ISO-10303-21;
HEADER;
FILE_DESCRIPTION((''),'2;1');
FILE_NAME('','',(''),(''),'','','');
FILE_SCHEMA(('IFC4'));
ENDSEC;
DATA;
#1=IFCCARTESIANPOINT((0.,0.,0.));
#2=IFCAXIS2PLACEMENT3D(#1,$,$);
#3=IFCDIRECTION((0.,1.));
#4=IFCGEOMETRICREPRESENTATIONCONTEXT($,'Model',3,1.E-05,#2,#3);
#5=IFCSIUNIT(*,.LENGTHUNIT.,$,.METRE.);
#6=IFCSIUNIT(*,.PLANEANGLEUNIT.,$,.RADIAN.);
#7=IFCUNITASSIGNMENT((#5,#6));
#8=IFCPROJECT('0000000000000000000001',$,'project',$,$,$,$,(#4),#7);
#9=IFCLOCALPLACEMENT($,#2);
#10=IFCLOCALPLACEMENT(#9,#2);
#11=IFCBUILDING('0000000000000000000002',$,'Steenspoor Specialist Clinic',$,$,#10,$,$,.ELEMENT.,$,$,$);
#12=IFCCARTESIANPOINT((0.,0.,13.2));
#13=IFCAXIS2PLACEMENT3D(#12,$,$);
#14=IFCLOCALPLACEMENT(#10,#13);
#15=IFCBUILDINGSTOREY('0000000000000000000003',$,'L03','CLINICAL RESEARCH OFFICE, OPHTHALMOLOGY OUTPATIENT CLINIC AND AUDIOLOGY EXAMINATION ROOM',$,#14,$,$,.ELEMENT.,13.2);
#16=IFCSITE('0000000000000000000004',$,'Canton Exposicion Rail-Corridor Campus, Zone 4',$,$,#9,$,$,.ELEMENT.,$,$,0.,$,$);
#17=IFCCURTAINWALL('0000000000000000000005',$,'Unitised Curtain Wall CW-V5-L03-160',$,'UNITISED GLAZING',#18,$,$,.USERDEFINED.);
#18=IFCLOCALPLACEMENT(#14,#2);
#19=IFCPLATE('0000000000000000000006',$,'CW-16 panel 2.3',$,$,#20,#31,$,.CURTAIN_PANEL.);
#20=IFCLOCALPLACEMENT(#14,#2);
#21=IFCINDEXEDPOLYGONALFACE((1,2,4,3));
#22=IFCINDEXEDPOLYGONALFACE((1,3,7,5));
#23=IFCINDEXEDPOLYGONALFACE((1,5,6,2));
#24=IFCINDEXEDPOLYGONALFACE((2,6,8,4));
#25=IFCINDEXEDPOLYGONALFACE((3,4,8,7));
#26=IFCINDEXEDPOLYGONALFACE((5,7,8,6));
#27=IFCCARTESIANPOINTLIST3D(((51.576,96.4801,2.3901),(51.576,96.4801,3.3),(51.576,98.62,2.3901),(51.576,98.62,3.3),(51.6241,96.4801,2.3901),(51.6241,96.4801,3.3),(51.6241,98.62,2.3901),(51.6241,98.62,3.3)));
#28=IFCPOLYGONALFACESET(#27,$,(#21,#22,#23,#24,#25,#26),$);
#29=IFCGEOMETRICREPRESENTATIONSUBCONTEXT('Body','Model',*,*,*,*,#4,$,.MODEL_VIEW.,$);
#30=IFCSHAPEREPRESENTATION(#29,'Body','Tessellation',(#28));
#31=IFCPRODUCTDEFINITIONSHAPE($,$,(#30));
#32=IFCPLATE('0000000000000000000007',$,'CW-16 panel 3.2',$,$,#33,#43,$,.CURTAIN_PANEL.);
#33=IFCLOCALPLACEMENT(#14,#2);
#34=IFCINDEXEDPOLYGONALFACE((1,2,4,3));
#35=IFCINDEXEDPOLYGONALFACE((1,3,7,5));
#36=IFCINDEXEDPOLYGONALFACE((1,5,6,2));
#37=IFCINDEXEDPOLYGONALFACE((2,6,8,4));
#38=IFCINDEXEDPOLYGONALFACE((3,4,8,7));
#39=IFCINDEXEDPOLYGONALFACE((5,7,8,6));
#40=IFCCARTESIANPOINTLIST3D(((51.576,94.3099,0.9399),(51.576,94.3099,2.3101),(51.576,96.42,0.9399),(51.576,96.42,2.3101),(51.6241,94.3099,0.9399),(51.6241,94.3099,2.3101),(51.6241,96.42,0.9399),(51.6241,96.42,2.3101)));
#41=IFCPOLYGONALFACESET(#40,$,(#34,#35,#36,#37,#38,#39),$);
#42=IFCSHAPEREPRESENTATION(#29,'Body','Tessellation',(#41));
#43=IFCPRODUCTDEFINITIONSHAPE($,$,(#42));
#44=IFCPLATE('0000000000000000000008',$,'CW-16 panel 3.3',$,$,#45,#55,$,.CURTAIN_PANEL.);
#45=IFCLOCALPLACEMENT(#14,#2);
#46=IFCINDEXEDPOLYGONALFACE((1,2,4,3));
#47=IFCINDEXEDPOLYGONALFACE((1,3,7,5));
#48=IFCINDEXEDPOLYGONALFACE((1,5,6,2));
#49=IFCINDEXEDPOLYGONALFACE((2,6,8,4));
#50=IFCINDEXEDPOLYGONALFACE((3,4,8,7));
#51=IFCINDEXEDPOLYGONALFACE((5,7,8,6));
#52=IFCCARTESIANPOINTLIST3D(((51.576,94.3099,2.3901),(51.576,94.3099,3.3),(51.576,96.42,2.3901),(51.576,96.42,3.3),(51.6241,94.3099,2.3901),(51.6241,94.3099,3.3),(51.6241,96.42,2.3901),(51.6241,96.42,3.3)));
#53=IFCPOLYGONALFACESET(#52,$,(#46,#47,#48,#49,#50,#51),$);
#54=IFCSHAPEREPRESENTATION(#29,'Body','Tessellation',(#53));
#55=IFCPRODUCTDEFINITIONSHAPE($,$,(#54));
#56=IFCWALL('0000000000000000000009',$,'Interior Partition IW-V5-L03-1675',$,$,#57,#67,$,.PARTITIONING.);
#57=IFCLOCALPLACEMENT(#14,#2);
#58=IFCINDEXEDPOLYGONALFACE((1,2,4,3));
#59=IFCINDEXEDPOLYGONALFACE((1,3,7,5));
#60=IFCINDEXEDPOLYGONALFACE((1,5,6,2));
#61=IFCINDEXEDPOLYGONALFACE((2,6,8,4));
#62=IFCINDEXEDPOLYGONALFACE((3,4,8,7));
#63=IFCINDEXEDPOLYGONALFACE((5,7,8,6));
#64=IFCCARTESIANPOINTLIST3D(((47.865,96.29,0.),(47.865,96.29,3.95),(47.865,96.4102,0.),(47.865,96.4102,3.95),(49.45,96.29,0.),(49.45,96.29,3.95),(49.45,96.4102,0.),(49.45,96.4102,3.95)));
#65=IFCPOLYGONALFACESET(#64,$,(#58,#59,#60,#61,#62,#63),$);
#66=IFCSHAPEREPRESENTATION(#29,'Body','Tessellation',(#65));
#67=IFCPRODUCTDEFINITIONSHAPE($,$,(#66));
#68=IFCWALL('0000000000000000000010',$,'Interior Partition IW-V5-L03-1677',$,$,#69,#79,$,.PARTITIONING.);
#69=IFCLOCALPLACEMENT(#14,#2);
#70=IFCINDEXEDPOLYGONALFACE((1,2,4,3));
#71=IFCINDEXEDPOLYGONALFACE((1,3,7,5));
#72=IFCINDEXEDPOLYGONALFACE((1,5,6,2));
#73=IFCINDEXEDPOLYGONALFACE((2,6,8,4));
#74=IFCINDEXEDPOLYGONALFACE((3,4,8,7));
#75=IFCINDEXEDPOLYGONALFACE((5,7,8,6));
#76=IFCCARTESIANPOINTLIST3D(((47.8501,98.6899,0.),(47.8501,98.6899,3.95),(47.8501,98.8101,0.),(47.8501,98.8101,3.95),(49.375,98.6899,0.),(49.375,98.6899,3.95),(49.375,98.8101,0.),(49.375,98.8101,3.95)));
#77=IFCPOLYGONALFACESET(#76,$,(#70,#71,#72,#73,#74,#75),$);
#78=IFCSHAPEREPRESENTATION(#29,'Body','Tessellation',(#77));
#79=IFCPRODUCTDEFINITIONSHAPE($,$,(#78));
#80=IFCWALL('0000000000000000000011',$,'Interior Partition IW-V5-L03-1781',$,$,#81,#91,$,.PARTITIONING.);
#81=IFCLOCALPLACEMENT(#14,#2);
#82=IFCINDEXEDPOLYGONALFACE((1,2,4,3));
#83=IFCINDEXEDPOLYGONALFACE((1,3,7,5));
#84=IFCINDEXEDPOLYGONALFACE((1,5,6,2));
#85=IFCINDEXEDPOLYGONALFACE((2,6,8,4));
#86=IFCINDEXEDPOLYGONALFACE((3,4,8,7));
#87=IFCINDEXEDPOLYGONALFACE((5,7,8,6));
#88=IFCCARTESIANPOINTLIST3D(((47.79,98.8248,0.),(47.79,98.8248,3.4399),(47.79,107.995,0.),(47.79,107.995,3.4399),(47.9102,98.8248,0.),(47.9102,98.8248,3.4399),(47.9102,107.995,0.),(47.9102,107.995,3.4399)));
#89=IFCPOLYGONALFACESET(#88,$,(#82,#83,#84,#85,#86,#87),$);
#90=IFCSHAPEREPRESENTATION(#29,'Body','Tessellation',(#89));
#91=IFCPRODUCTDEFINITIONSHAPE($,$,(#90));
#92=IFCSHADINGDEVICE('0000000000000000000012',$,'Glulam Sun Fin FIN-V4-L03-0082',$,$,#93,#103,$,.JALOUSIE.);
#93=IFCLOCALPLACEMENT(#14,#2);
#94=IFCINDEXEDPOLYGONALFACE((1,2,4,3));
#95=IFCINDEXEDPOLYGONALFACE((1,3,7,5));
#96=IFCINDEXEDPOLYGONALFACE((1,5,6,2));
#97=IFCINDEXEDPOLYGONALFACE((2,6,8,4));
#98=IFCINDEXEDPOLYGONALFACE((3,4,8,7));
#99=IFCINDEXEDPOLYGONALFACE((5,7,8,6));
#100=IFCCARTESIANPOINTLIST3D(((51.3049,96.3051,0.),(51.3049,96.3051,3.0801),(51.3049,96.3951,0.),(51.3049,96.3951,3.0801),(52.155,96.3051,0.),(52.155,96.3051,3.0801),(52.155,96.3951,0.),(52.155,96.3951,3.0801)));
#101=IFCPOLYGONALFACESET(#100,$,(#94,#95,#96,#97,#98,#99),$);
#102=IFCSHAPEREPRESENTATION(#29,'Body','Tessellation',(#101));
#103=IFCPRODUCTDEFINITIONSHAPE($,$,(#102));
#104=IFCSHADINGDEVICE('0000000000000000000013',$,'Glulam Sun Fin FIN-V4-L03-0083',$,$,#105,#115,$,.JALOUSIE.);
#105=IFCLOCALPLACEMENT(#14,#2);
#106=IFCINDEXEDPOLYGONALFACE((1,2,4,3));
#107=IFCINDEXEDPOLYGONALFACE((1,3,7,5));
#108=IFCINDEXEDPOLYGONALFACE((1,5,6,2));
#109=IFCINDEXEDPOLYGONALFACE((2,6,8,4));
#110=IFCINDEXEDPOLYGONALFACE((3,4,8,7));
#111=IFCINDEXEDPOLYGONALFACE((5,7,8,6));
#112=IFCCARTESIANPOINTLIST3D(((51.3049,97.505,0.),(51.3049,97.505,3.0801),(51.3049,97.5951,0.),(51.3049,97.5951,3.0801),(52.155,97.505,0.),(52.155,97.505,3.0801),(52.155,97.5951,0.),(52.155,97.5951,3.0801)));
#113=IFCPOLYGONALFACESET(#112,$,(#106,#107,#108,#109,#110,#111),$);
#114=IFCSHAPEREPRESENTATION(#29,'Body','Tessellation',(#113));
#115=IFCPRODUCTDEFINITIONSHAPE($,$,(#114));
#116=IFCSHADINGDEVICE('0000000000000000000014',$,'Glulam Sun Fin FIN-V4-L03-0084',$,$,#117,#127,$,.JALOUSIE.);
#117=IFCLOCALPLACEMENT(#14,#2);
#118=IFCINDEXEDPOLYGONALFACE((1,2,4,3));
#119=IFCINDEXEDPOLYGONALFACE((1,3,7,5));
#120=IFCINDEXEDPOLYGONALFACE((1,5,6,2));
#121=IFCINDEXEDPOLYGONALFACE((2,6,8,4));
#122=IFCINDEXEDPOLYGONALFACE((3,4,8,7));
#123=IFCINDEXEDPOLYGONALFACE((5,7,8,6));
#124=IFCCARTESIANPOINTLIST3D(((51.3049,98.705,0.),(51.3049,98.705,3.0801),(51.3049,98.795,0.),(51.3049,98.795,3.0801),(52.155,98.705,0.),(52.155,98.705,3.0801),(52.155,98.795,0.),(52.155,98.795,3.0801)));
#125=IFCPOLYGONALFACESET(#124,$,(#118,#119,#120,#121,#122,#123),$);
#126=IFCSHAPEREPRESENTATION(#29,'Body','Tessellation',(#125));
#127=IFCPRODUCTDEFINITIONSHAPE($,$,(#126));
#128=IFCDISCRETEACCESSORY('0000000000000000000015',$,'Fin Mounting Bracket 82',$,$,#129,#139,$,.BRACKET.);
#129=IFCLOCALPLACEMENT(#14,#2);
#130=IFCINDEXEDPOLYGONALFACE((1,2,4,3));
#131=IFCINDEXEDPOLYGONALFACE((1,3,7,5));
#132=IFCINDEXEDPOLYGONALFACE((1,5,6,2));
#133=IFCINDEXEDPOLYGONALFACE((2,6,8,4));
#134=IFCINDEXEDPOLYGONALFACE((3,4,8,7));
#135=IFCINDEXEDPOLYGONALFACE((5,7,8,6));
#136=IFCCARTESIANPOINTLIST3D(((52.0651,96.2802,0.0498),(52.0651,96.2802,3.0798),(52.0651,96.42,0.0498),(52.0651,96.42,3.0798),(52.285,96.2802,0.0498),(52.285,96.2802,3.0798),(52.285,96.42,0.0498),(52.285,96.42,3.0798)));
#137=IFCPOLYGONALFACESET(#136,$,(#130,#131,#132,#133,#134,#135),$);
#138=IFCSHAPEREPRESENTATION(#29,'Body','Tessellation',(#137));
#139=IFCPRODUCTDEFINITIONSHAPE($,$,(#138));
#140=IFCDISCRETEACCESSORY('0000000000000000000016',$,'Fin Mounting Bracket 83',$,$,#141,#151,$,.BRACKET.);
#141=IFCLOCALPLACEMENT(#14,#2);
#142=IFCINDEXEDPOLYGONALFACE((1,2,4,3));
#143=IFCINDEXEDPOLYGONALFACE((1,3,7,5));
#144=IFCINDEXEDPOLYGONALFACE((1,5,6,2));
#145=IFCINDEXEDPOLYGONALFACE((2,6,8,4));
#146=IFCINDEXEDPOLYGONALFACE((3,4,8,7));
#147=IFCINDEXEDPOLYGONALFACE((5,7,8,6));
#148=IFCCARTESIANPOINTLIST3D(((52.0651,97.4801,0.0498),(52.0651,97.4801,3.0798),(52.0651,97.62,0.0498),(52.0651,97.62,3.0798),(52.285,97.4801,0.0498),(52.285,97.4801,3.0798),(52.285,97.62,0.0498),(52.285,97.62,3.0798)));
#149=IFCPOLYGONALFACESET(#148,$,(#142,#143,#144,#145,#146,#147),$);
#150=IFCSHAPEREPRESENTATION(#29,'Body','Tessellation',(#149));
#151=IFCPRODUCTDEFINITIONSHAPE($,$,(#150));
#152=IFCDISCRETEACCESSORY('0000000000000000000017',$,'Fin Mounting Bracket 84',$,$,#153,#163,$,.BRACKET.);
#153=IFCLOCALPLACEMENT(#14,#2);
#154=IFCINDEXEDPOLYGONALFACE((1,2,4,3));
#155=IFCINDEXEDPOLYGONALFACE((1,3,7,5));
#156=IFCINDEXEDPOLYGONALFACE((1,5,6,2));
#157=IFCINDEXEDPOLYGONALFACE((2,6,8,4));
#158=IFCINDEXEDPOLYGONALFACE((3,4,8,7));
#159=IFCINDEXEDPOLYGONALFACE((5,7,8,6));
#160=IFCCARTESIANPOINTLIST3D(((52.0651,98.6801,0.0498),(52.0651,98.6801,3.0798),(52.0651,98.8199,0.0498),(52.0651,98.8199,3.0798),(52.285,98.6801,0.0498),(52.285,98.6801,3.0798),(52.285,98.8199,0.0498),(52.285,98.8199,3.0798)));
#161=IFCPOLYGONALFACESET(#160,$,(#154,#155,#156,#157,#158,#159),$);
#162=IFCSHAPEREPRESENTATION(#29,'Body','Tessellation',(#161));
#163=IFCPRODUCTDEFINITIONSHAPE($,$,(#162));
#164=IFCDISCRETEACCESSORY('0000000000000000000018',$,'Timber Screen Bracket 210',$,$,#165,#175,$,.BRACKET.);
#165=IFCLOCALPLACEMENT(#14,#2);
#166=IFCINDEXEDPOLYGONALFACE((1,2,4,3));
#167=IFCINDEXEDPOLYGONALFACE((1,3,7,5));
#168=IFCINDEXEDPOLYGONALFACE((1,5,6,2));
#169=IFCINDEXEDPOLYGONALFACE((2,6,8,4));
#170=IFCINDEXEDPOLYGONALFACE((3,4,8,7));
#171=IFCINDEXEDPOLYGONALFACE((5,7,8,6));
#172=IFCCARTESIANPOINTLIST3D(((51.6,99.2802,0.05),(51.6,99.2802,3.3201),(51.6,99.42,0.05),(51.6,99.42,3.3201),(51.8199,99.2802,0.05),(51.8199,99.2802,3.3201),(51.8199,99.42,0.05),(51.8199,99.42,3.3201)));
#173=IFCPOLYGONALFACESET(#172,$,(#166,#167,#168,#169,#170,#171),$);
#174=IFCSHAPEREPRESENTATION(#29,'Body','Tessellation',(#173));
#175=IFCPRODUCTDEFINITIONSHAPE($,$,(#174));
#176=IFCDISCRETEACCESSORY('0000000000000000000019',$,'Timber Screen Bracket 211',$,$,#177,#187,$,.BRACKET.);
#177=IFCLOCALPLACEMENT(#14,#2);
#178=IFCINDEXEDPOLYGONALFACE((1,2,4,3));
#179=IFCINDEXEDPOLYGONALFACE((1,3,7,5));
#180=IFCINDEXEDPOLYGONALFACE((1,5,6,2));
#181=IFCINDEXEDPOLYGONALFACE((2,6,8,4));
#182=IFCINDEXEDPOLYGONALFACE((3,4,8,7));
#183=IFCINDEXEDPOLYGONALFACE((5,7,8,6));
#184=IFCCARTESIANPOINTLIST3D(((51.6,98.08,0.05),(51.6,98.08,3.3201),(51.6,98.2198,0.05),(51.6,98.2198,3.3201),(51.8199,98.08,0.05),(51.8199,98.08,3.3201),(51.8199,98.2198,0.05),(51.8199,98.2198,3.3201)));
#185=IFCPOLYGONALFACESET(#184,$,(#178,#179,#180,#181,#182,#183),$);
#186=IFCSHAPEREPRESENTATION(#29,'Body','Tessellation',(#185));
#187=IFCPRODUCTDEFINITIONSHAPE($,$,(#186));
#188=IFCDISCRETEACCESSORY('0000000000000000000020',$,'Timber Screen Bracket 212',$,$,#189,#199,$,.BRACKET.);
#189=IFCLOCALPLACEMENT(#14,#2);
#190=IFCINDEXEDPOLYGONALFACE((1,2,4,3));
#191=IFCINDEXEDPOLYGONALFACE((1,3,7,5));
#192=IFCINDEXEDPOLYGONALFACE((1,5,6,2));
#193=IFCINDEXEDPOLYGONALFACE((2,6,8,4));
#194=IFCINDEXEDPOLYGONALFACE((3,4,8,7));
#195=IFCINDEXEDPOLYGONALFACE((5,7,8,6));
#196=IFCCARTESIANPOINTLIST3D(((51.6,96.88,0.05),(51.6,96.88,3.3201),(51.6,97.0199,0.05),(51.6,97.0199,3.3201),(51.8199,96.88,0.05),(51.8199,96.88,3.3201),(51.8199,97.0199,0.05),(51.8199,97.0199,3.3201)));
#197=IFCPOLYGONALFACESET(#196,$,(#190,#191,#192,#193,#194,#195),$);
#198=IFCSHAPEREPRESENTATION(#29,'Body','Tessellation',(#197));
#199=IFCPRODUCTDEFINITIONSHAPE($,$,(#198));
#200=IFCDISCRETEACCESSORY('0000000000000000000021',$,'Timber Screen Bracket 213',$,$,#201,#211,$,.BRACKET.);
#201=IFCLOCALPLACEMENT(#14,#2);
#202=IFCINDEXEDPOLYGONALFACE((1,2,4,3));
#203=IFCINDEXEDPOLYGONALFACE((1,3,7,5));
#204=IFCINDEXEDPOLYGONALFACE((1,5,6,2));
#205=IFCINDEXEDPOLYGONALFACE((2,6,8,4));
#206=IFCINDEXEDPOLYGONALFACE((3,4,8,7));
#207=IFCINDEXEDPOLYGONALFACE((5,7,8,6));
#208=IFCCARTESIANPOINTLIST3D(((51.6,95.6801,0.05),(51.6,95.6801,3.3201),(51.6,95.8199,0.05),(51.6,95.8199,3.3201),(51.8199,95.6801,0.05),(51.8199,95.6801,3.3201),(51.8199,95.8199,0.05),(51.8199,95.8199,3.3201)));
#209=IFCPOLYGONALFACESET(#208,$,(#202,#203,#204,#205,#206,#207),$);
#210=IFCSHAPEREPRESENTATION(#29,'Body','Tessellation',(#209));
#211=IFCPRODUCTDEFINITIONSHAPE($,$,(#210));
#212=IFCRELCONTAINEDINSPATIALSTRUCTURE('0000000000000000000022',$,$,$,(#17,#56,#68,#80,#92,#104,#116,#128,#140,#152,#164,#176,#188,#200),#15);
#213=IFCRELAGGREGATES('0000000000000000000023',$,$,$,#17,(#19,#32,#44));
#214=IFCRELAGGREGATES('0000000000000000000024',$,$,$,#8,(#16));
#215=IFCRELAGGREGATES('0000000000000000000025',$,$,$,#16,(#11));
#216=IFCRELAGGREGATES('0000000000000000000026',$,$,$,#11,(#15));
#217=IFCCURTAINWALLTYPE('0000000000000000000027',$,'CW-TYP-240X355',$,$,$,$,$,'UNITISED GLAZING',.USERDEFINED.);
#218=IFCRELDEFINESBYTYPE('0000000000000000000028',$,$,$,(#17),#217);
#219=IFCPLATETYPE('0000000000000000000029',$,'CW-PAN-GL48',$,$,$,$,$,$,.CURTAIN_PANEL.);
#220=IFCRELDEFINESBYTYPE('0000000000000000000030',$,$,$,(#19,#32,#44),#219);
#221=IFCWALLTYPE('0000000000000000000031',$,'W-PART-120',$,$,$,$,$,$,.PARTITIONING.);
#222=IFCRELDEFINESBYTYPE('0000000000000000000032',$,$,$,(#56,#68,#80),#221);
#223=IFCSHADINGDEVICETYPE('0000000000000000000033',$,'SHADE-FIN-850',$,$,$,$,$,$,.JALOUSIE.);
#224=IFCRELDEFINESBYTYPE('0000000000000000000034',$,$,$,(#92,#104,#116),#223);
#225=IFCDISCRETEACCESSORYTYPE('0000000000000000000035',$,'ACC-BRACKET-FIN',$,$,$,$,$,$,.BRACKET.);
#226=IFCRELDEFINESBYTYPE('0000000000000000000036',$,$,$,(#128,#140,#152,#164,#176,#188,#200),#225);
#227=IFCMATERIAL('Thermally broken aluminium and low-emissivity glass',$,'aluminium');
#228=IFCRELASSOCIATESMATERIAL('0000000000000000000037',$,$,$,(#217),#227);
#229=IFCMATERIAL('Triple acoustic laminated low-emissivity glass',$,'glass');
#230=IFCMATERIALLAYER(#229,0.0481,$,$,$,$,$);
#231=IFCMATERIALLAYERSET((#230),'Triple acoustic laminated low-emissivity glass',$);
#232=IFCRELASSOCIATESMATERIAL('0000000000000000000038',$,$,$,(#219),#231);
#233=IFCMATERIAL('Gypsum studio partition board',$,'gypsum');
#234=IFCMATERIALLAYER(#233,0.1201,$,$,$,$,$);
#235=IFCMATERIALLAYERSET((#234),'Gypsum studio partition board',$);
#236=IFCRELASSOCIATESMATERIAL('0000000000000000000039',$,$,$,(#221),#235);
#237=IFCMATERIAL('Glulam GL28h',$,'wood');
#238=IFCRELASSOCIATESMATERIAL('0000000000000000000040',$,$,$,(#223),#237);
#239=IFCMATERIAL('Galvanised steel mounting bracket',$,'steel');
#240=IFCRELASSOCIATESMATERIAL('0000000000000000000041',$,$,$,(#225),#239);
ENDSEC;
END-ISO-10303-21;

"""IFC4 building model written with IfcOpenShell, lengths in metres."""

from ifc_helpers import new_model, si_unit, direction, frame, frame_2d, origin, origin_2d, place, context, subcontext, project, spatial, rectangle, extrude, material, layer, layer_set, material_profile, profile_set, type_object, element, aggregate, save


model = new_model("IFC4")

# Units and contexts
model_context = context("Model", 3, precision=1e-05, world=origin(), true_north=direction((0.0, 1.0)))
body_context = subcontext(model_context, "Body", "Model", "MODEL_VIEW")
ifc_project = project(units=[si_unit("LENGTHUNIT", "METRE"), si_unit("PLANEANGLEUNIT", "RADIAN")], contexts=[model_context])

# Site, building, storey
site_placement = place(None, origin())
site = spatial("IfcSite", under=ifc_project, at=site_placement, Name="Canton Exposicion Rail-Corridor Campus, Zone 4", CompositionType="ELEMENT", RefElevation=0.0)
building_placement = place(site_placement, origin())
building = spatial("IfcBuilding", under=site, at=building_placement, Name="Steenspoor Specialist Clinic", CompositionType="ELEMENT")
storey_placement = place(building_placement, frame((0.0, 0.0, 13.2)))
storey = spatial("IfcBuildingStorey", under=building, at=storey_placement, Name="L03", Description="CLINICAL RESEARCH OFFICE, OPHTHALMOLOGY OUTPATIENT CLINIC AND AUDIOLOGY EXAMINATION ROOM", CompositionType="ELEMENT", Elevation=13.2)

# Curtain wall
ifc_material_1 = material(Name="Thermally broken aluminium and low-emissivity glass", Category="aluminium")
curtain_wall_type = type_object("IfcCurtainWallType", Name="CW-TYP-240X355", ElementType="UNITISED GLAZING", PredefinedType="USERDEFINED", material=ifc_material_1)
curtain_wall_placement = place(storey_placement, origin())
curtain_wall = element("IfcCurtainWall", 1, at=curtain_wall_placement, inside=storey, type_object=curtain_wall_type, Name="Unitised Curtain Wall CW-V5-L03-160", ObjectType="UNITISED GLAZING", PredefinedType="USERDEFINED")

# Shared definitions
ifc_material_2 = material(Name="Glulam GL28h", Category="wood")

# Plates
ifc_material_3 = material(Name="Triple acoustic laminated low-emissivity glass", Category="glass")
ifc_layer_1 = layer(ifc_material_3, 0.0481)
ifc_layer_set_1 = layer_set([ifc_layer_1], Name="Triple acoustic laminated low-emissivity glass")
plate_type = type_object("IfcPlateType", Name="CW-PAN-GL48", PredefinedType="CURTAIN_PANEL", material=ifc_layer_set_1)
plate_1_placement = place(storey_placement, frame((51.6001, 97.55, 2.3901), z_axis=(0.0, 0.0, 1.0), x_axis=(0.0, -1.0, 0.0)))
plate_1 = element("IfcPlate", 2, at=plate_1_placement, type_object=plate_type, Name="CW-16 panel 2.3", PredefinedType="CURTAIN_PANEL", context=body_context, shape_type="SweptSolid", body=[
    extrude(rectangle(XDim=2.1399, YDim=0.0481, at=origin_2d()), origin(), (0.0, 0.0, 1.0), 0.9099),
])
plate_2_placement = place(storey_placement, frame((51.6001, 95.365, 0.9399), z_axis=(0.0, 0.0, 1.0), x_axis=(0.0, -1.0, 0.0)))
plate_2 = element("IfcPlate", 3, at=plate_2_placement, type_object=plate_type, Name="CW-16 panel 3.2", PredefinedType="CURTAIN_PANEL", context=body_context, shape_type="SweptSolid", body=[
    extrude(rectangle(XDim=2.1101, YDim=0.0481, at=origin_2d()), origin(), (0.0, 0.0, 1.0), 1.3701),
])
plate_3_placement = place(storey_placement, frame((51.6001, 95.365, 2.3901), z_axis=(0.0, 0.0, 1.0), x_axis=(0.0, -1.0, 0.0)))
plate_3 = element("IfcPlate", 4, at=plate_3_placement, type_object=plate_type, Name="CW-16 panel 3.3", PredefinedType="CURTAIN_PANEL", context=body_context, shape_type="SweptSolid", body=[
    extrude(rectangle(XDim=2.1101, YDim=0.0481, at=origin_2d()), origin(), (0.0, 0.0, 1.0), 0.9099),
])
aggregate(curtain_wall, [plate_1, plate_2, plate_3])

# Wall
ifc_material_4 = material(Name="Gypsum studio partition board", Category="gypsum")
ifc_layer_2 = layer(ifc_material_4, 0.1201)
ifc_layer_set_2 = layer_set([ifc_layer_2], Name="Gypsum studio partition board")
wall_type = type_object("IfcWallType", Name="W-PART-120", PredefinedType="PARTITIONING", material=ifc_layer_set_2)
wall_1_placement = place(storey_placement, frame((47.865, 96.3501, 0.0), z_axis=(0.0, 0.0, 1.0), x_axis=(1.0, 0.0, 0.0)))
element("IfcWall", 5, at=wall_1_placement, inside=storey, type_object=wall_type, Name="Interior Partition IW-V5-L03-1675", PredefinedType="PARTITIONING", context=body_context, shape_type="SweptSolid", body=[
    extrude(rectangle(XDim=1.585, YDim=0.1201, at=frame_2d((0.7925, 0.0))), origin(), (0.0, 0.0, 1.0), 3.95),
])

# Walls
wall_2_placement = place(storey_placement, frame((47.8501, 98.75, 0.0), z_axis=(0.0, 0.0, 1.0), x_axis=(1.0, 0.0, 0.0)))
element("IfcWall", 6, at=wall_2_placement, inside=storey, type_object=wall_type, Name="Interior Partition IW-V5-L03-1677", PredefinedType="PARTITIONING", context=body_context, shape_type="SweptSolid", body=[
    extrude(rectangle(XDim=1.5249, YDim=0.1201, at=frame_2d((0.7625, 0.0))), origin(), (0.0, 0.0, 1.0), 3.95),
])
wall_3_placement = place(storey_placement, frame((47.8501, 98.825, 0.0), z_axis=(0.0, 0.0, 1.0), x_axis=(0.0, 1.0, 0.0)))
element("IfcWall", 7, at=wall_3_placement, inside=storey, type_object=wall_type, Name="Interior Partition IW-V5-L03-1781", PredefinedType="PARTITIONING", context=body_context, shape_type="SweptSolid", body=[
    extrude(rectangle(XDim=9.1702, YDim=0.1201, at=frame_2d((4.585, 0.0))), origin(), (0.0, 0.0, 1.0), 3.4399),
])

# Shading devices
ifc_material_profile_1 = material_profile(ifc_material_2, rectangle(XDim=0.0901, YDim=0.8501, at=origin_2d()), Name="GL28H-90X850")
ifc_profile_set_1 = profile_set([ifc_material_profile_1], Name="Glulam GL28h")
shading_device_type = type_object("IfcShadingDeviceType", Name="SHADE-FIN-850", PredefinedType="JALOUSIE", material=ifc_profile_set_1)
for number, where, z_axis, x_axis, name in (
    (8, (51.73, 96.3501, 0.0), (0.0, 0.0, 1.0), (0.0, 1.0, 0.0), "Glulam Sun Fin FIN-V4-L03-0082"),
    (9, (51.73, 97.55, 0.0), (0.0, 0.0, 1.0), (0.0, 1.0, 0.0), "Glulam Sun Fin FIN-V4-L03-0083"),
    (10, (51.73, 98.75, 0.0), (0.0, 0.0, 1.0), (0.0, 1.0, 0.0), "Glulam Sun Fin FIN-V4-L03-0084"),
):
    element("IfcShadingDevice", number, at=place(storey_placement, frame(where, z_axis=z_axis, x_axis=x_axis)), inside=storey, type_object=shading_device_type, Name=name, PredefinedType="JALOUSIE", context=body_context, shape_type="SweptSolid", body=[
        extrude(rectangle(XDim=0.0901, YDim=0.8501, at=origin_2d()), origin(), (0.0, 0.0, 1.0), 3.0801),
    ])

# Discrete accessories
ifc_material_5 = material(Name="Galvanised steel mounting bracket", Category="steel")
discrete_accessory_type = type_object("IfcDiscreteAccessoryType", Name="ACC-BRACKET-FIN", PredefinedType="BRACKET", material=ifc_material_5)
for number, where, z_axis, x_axis, name in (
    (11, (52.175, 96.3501, 0.0498), (0.0, 0.0, 1.0), (-1.0, 0.0, 0.0), "Fin Mounting Bracket 82"),
    (12, (52.175, 97.55, 0.0498), (0.0, 0.0, 1.0), (-1.0, 0.0, 0.0), "Fin Mounting Bracket 83"),
    (13, (52.175, 98.75, 0.0498), (0.0, 0.0, 1.0), (-1.0, 0.0, 0.0), "Fin Mounting Bracket 84"),
):
    element("IfcDiscreteAccessory", number, at=place(storey_placement, frame(where, z_axis=z_axis, x_axis=x_axis)), inside=storey, type_object=discrete_accessory_type, Name=name, PredefinedType="BRACKET", context=body_context, shape_type="SweptSolid", body=[
        extrude(rectangle(XDim=0.22, YDim=0.1399, at=origin_2d()), origin(), (0.0, 0.0, 1.0), 3.03),
    ])
for number, where, z_axis, x_axis, name in (
    (14, (51.71, 99.3501, 0.05), (0.0, 0.0, 1.0), (1.0, 0.0, 0.0), "Timber Screen Bracket 210"),
    (15, (51.71, 98.1499, 0.05), (0.0, 0.0, 1.0), (1.0, 0.0, 0.0), "Timber Screen Bracket 211"),
    (16, (51.71, 96.95, 0.05), (0.0, 0.0, 1.0), (1.0, 0.0, 0.0), "Timber Screen Bracket 212"),
    (17, (51.71, 95.75, 0.05), (0.0, 0.0, 1.0), (1.0, 0.0, 0.0), "Timber Screen Bracket 213"),
):
    element("IfcDiscreteAccessory", number, at=place(storey_placement, frame(where, z_axis=z_axis, x_axis=x_axis)), inside=storey, type_object=discrete_accessory_type, Name=name, PredefinedType="BRACKET", context=body_context, shape_type="SweptSolid", body=[
        extrude(rectangle(XDim=0.22, YDim=0.1399, at=origin_2d()), origin(), (0.0, 0.0, 1.0), 3.27),
    ])

save(model, "model.ifc")
